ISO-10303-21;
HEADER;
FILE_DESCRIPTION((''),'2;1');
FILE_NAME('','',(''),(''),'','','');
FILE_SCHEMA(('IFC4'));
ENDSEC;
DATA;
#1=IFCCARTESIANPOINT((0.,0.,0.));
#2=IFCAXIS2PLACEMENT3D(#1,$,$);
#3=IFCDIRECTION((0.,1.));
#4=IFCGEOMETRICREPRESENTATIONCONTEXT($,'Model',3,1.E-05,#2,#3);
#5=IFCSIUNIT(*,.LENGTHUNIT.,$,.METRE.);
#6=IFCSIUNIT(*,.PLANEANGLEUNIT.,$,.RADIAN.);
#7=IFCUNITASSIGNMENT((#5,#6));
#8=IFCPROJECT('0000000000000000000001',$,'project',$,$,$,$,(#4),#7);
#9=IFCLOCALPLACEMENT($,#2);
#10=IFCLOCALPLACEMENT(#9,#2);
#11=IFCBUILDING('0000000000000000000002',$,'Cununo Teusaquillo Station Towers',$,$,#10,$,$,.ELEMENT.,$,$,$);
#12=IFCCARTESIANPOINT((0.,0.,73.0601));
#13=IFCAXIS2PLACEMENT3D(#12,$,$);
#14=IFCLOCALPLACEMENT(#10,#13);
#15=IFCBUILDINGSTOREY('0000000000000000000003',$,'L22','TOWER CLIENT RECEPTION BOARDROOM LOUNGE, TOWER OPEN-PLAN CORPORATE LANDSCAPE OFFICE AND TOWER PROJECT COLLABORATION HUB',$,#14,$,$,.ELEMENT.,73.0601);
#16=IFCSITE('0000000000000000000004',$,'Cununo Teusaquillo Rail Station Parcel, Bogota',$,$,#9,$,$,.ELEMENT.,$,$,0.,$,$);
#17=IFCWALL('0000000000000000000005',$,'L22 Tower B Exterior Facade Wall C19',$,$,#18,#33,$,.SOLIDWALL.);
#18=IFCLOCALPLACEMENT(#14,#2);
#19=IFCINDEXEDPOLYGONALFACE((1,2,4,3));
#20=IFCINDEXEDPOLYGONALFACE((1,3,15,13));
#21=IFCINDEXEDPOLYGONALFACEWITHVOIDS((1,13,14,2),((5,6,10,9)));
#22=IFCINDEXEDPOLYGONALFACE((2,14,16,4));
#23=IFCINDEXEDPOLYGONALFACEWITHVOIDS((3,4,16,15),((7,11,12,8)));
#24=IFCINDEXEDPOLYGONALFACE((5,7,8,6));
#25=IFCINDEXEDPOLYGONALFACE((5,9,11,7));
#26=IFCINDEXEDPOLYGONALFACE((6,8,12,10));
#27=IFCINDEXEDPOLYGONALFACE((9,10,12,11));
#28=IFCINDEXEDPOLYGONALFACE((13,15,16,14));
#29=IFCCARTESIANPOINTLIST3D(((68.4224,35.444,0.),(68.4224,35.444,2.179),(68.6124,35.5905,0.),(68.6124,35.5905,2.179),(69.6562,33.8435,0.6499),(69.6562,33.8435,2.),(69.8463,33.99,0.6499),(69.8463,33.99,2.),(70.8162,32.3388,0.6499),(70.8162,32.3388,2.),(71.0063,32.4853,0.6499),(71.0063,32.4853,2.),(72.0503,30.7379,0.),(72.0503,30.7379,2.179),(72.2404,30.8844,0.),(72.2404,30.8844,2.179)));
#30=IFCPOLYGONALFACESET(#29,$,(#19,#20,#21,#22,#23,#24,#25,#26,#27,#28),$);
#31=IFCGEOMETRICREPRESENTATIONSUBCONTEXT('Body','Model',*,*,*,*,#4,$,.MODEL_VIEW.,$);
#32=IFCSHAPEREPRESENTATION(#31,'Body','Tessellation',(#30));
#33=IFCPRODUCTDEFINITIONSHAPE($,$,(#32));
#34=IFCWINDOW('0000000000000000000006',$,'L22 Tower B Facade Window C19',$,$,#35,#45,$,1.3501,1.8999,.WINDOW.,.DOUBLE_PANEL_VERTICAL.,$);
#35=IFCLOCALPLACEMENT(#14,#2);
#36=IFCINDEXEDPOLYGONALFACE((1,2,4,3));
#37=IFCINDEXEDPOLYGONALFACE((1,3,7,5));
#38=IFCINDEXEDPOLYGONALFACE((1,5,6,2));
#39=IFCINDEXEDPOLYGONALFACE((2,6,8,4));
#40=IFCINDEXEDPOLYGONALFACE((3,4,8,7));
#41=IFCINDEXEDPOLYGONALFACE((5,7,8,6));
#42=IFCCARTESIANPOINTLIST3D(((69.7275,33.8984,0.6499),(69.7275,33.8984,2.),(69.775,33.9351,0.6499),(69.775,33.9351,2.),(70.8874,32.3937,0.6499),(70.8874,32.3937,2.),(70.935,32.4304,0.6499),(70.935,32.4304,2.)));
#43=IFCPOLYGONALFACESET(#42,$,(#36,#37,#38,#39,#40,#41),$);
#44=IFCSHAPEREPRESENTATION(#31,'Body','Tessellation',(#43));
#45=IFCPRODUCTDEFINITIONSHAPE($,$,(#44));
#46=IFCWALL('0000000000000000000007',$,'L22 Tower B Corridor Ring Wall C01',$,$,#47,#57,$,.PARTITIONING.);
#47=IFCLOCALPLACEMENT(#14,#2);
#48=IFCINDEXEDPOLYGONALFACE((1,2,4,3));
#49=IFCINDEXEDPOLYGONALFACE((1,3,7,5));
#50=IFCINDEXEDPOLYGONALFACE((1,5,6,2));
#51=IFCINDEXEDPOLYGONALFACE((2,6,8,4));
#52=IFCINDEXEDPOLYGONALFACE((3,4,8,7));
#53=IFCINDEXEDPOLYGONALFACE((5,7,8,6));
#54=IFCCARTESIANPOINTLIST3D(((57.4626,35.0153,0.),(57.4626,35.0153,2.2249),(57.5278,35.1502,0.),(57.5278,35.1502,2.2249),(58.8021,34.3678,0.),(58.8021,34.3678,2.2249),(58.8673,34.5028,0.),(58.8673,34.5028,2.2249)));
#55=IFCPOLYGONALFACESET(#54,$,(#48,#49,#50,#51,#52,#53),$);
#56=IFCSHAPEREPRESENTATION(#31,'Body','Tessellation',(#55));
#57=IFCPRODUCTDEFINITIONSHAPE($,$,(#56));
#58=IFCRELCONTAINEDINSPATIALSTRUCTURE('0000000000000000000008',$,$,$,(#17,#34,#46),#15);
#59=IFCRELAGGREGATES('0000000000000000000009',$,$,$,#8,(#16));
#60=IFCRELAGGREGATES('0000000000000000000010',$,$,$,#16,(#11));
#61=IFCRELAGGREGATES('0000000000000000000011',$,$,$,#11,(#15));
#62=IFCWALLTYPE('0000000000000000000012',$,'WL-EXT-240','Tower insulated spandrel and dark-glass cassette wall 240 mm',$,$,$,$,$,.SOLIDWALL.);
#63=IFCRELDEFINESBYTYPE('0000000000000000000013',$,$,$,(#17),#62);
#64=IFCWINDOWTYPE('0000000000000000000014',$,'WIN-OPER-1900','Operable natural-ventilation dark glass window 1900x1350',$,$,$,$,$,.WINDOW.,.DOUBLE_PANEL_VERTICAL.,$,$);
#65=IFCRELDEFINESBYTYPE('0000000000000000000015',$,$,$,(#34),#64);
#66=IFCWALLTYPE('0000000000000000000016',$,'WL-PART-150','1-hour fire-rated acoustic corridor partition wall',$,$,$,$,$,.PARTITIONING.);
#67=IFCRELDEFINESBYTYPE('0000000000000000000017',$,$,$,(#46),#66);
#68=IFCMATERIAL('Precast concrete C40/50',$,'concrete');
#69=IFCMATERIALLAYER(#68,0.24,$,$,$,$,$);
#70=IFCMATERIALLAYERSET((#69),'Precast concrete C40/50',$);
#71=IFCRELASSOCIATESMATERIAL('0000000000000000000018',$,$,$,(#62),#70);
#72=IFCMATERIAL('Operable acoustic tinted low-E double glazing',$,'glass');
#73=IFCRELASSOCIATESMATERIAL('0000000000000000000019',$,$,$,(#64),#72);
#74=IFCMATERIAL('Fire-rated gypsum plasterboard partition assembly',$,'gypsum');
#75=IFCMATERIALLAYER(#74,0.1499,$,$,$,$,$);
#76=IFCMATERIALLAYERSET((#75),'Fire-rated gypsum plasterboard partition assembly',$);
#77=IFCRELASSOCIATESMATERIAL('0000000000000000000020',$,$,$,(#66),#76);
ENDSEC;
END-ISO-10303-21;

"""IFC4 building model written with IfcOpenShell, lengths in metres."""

from ifc_helpers import new_model, si_unit, direction, frame, frame_2d, origin, place, context, subcontext, project, spatial, rectangle, extrude, source, transform, mapped, material, layer, layer_set, type_object, element, fill, save


model = new_model("IFC4")

# Units and contexts
model_context = context("Model", 3, precision=1e-05, world=origin(), true_north=direction((0.0, 1.0)))
body_context = subcontext(model_context, "Body", "Model", "MODEL_VIEW")
ifc_project = project(units=[si_unit("LENGTHUNIT", "METRE"), si_unit("PLANEANGLEUNIT", "RADIAN")], contexts=[model_context])

# Site, building, storey
site_placement = place(None, origin())
site = spatial("IfcSite", under=ifc_project, at=site_placement, Name="Cununo Teusaquillo Rail Station Parcel, Bogota", CompositionType="ELEMENT", RefElevation=0.0)
building_placement = place(site_placement, origin())
building = spatial("IfcBuilding", under=site, at=building_placement, Name="Cununo Teusaquillo Station Towers", CompositionType="ELEMENT")
storey_placement = place(building_placement, frame((0.0, 0.0, 73.0601)))
storey = spatial("IfcBuildingStorey", under=building, at=storey_placement, Name="L22", Description="TOWER CLIENT RECEPTION BOARDROOM LOUNGE, TOWER OPEN-PLAN CORPORATE LANDSCAPE OFFICE AND TOWER PROJECT COLLABORATION HUB", CompositionType="ELEMENT", Elevation=73.0601)

# Shared definitions
ifc_material_1 = material(Name="Precast concrete C40/50", Category="concrete")
ifc_layer_1 = layer(ifc_material_1, 0.24)
ifc_layer_set_1 = layer_set([ifc_layer_1], Name="Precast concrete C40/50")
wall_type_1 = type_object("IfcWallType", Name="WL-EXT-240", Description="Tower insulated spandrel and dark-glass cassette wall 240 mm", PredefinedType="SOLIDWALL", material=ifc_layer_set_1)

# Wall, opening, window
wall_1_placement = place(storey_placement, frame((68.5173, 35.5173, 0.0), z_axis=(0.0, 0.0, 1.0), x_axis=(0.610544, -0.791982, 0.0)))
wall_1 = element("IfcWall", 1, at=wall_1_placement, inside=storey, type_object=wall_type_1, Name="L22 Tower B Exterior Facade Wall C19", PredefinedType="SOLIDWALL", context=body_context, shape_type="SweptSolid", body=[
    extrude(rectangle(XDim=5.9421, YDim=0.24, at=frame_2d((2.9712, 0.0))), origin(), (0.0, 0.0, 1.0), 2.179),
])
shared_shape_1 = source(origin(), body_context, "Body", "SweptSolid", [
    extrude(rectangle(XDim=1.8999, YDim=1.3501, at=frame_2d((0.95, 0.675))), frame((0.0, 0.1299, 0.0), z_axis=(0.0, -1.0, 0.0), x_axis=(1.0, 0.0, 0.0)), (0.0, 0.0, 1.0), 0.26),
])
opening_placement = place(wall_1_placement, frame((2.021, 0.0, 0.6499)))
opening = element("IfcOpeningElement", 2, at=opening_placement, cuts=wall_1, PredefinedType="OPENING", context=body_context, shape_type="MappedRepresentation", body=[
    mapped(shared_shape_1, transform((0.0, 0.0, 0.0), x_axis=(1.0, 0.0, 0.0), y_axis=(0.0, 1.0, 0.0), z_axis=(0.0, 0.0, 1.0), scale=1.0)),
])
ifc_material_2 = material(Name="Operable acoustic tinted low-E double glazing", Category="glass")
window_type = type_object("IfcWindowType", Name="WIN-OPER-1900", Description="Operable natural-ventilation dark glass window 1900x1350", PartitioningType="DOUBLE_PANEL_VERTICAL", PredefinedType="WINDOW", material=ifc_material_2)
shared_shape_2 = source(origin(), body_context, "Body", "SweptSolid", [
    extrude(rectangle(XDim=1.8999, YDim=1.3501, at=frame_2d((0.95, 0.675))), frame((0.0, 0.03, 0.0), z_axis=(0.0, -1.0, 0.0), x_axis=(1.0, 0.0, 0.0)), (0.0, 0.0, 1.0), 0.0601),
])
window_placement = place(opening_placement, origin())
window = element("IfcWindow", 3, at=window_placement, inside=storey, type_object=window_type, Name="L22 Tower B Facade Window C19", OverallHeight=1.3501, OverallWidth=1.8999, PartitioningType="DOUBLE_PANEL_VERTICAL", PredefinedType="WINDOW", context=body_context, shape_type="MappedRepresentation", body=[
    mapped(shared_shape_2, transform((0.0, 0.0, 0.0), x_axis=(1.0, 0.0, 0.0), y_axis=(0.0, 1.0, 0.0), z_axis=(0.0, 0.0, 1.0), scale=1.0)),
])
fill(opening, window)

# Wall
ifc_material_3 = material(Name="Fire-rated gypsum plasterboard partition assembly", Category="gypsum")
ifc_layer_2 = layer(ifc_material_3, 0.1499)
ifc_layer_set_2 = layer_set([ifc_layer_2], Name="Fire-rated gypsum plasterboard partition assembly")
wall_type_2 = type_object("IfcWallType", Name="WL-PART-150", Description="1-hour fire-rated acoustic corridor partition wall", PredefinedType="PARTITIONING", material=ifc_layer_set_2)
wall_2_placement = place(storey_placement, frame((58.8347, 34.4353, 0.0), z_axis=(0.0, 0.0, 1.0), x_axis=(-0.900352, 0.435162, 0.0)))
element("IfcWall", 4, at=wall_2_placement, inside=storey, type_object=wall_type_2, Name="L22 Tower B Corridor Ring Wall C01", PredefinedType="PARTITIONING", context=body_context, shape_type="SweptSolid", body=[
    extrude(rectangle(XDim=1.4878, YDim=0.1499, at=frame_2d((0.7439, 0.0))), origin(), (0.0, 0.0, 1.0), 2.2249),
])

save(model, "model.ifc")
